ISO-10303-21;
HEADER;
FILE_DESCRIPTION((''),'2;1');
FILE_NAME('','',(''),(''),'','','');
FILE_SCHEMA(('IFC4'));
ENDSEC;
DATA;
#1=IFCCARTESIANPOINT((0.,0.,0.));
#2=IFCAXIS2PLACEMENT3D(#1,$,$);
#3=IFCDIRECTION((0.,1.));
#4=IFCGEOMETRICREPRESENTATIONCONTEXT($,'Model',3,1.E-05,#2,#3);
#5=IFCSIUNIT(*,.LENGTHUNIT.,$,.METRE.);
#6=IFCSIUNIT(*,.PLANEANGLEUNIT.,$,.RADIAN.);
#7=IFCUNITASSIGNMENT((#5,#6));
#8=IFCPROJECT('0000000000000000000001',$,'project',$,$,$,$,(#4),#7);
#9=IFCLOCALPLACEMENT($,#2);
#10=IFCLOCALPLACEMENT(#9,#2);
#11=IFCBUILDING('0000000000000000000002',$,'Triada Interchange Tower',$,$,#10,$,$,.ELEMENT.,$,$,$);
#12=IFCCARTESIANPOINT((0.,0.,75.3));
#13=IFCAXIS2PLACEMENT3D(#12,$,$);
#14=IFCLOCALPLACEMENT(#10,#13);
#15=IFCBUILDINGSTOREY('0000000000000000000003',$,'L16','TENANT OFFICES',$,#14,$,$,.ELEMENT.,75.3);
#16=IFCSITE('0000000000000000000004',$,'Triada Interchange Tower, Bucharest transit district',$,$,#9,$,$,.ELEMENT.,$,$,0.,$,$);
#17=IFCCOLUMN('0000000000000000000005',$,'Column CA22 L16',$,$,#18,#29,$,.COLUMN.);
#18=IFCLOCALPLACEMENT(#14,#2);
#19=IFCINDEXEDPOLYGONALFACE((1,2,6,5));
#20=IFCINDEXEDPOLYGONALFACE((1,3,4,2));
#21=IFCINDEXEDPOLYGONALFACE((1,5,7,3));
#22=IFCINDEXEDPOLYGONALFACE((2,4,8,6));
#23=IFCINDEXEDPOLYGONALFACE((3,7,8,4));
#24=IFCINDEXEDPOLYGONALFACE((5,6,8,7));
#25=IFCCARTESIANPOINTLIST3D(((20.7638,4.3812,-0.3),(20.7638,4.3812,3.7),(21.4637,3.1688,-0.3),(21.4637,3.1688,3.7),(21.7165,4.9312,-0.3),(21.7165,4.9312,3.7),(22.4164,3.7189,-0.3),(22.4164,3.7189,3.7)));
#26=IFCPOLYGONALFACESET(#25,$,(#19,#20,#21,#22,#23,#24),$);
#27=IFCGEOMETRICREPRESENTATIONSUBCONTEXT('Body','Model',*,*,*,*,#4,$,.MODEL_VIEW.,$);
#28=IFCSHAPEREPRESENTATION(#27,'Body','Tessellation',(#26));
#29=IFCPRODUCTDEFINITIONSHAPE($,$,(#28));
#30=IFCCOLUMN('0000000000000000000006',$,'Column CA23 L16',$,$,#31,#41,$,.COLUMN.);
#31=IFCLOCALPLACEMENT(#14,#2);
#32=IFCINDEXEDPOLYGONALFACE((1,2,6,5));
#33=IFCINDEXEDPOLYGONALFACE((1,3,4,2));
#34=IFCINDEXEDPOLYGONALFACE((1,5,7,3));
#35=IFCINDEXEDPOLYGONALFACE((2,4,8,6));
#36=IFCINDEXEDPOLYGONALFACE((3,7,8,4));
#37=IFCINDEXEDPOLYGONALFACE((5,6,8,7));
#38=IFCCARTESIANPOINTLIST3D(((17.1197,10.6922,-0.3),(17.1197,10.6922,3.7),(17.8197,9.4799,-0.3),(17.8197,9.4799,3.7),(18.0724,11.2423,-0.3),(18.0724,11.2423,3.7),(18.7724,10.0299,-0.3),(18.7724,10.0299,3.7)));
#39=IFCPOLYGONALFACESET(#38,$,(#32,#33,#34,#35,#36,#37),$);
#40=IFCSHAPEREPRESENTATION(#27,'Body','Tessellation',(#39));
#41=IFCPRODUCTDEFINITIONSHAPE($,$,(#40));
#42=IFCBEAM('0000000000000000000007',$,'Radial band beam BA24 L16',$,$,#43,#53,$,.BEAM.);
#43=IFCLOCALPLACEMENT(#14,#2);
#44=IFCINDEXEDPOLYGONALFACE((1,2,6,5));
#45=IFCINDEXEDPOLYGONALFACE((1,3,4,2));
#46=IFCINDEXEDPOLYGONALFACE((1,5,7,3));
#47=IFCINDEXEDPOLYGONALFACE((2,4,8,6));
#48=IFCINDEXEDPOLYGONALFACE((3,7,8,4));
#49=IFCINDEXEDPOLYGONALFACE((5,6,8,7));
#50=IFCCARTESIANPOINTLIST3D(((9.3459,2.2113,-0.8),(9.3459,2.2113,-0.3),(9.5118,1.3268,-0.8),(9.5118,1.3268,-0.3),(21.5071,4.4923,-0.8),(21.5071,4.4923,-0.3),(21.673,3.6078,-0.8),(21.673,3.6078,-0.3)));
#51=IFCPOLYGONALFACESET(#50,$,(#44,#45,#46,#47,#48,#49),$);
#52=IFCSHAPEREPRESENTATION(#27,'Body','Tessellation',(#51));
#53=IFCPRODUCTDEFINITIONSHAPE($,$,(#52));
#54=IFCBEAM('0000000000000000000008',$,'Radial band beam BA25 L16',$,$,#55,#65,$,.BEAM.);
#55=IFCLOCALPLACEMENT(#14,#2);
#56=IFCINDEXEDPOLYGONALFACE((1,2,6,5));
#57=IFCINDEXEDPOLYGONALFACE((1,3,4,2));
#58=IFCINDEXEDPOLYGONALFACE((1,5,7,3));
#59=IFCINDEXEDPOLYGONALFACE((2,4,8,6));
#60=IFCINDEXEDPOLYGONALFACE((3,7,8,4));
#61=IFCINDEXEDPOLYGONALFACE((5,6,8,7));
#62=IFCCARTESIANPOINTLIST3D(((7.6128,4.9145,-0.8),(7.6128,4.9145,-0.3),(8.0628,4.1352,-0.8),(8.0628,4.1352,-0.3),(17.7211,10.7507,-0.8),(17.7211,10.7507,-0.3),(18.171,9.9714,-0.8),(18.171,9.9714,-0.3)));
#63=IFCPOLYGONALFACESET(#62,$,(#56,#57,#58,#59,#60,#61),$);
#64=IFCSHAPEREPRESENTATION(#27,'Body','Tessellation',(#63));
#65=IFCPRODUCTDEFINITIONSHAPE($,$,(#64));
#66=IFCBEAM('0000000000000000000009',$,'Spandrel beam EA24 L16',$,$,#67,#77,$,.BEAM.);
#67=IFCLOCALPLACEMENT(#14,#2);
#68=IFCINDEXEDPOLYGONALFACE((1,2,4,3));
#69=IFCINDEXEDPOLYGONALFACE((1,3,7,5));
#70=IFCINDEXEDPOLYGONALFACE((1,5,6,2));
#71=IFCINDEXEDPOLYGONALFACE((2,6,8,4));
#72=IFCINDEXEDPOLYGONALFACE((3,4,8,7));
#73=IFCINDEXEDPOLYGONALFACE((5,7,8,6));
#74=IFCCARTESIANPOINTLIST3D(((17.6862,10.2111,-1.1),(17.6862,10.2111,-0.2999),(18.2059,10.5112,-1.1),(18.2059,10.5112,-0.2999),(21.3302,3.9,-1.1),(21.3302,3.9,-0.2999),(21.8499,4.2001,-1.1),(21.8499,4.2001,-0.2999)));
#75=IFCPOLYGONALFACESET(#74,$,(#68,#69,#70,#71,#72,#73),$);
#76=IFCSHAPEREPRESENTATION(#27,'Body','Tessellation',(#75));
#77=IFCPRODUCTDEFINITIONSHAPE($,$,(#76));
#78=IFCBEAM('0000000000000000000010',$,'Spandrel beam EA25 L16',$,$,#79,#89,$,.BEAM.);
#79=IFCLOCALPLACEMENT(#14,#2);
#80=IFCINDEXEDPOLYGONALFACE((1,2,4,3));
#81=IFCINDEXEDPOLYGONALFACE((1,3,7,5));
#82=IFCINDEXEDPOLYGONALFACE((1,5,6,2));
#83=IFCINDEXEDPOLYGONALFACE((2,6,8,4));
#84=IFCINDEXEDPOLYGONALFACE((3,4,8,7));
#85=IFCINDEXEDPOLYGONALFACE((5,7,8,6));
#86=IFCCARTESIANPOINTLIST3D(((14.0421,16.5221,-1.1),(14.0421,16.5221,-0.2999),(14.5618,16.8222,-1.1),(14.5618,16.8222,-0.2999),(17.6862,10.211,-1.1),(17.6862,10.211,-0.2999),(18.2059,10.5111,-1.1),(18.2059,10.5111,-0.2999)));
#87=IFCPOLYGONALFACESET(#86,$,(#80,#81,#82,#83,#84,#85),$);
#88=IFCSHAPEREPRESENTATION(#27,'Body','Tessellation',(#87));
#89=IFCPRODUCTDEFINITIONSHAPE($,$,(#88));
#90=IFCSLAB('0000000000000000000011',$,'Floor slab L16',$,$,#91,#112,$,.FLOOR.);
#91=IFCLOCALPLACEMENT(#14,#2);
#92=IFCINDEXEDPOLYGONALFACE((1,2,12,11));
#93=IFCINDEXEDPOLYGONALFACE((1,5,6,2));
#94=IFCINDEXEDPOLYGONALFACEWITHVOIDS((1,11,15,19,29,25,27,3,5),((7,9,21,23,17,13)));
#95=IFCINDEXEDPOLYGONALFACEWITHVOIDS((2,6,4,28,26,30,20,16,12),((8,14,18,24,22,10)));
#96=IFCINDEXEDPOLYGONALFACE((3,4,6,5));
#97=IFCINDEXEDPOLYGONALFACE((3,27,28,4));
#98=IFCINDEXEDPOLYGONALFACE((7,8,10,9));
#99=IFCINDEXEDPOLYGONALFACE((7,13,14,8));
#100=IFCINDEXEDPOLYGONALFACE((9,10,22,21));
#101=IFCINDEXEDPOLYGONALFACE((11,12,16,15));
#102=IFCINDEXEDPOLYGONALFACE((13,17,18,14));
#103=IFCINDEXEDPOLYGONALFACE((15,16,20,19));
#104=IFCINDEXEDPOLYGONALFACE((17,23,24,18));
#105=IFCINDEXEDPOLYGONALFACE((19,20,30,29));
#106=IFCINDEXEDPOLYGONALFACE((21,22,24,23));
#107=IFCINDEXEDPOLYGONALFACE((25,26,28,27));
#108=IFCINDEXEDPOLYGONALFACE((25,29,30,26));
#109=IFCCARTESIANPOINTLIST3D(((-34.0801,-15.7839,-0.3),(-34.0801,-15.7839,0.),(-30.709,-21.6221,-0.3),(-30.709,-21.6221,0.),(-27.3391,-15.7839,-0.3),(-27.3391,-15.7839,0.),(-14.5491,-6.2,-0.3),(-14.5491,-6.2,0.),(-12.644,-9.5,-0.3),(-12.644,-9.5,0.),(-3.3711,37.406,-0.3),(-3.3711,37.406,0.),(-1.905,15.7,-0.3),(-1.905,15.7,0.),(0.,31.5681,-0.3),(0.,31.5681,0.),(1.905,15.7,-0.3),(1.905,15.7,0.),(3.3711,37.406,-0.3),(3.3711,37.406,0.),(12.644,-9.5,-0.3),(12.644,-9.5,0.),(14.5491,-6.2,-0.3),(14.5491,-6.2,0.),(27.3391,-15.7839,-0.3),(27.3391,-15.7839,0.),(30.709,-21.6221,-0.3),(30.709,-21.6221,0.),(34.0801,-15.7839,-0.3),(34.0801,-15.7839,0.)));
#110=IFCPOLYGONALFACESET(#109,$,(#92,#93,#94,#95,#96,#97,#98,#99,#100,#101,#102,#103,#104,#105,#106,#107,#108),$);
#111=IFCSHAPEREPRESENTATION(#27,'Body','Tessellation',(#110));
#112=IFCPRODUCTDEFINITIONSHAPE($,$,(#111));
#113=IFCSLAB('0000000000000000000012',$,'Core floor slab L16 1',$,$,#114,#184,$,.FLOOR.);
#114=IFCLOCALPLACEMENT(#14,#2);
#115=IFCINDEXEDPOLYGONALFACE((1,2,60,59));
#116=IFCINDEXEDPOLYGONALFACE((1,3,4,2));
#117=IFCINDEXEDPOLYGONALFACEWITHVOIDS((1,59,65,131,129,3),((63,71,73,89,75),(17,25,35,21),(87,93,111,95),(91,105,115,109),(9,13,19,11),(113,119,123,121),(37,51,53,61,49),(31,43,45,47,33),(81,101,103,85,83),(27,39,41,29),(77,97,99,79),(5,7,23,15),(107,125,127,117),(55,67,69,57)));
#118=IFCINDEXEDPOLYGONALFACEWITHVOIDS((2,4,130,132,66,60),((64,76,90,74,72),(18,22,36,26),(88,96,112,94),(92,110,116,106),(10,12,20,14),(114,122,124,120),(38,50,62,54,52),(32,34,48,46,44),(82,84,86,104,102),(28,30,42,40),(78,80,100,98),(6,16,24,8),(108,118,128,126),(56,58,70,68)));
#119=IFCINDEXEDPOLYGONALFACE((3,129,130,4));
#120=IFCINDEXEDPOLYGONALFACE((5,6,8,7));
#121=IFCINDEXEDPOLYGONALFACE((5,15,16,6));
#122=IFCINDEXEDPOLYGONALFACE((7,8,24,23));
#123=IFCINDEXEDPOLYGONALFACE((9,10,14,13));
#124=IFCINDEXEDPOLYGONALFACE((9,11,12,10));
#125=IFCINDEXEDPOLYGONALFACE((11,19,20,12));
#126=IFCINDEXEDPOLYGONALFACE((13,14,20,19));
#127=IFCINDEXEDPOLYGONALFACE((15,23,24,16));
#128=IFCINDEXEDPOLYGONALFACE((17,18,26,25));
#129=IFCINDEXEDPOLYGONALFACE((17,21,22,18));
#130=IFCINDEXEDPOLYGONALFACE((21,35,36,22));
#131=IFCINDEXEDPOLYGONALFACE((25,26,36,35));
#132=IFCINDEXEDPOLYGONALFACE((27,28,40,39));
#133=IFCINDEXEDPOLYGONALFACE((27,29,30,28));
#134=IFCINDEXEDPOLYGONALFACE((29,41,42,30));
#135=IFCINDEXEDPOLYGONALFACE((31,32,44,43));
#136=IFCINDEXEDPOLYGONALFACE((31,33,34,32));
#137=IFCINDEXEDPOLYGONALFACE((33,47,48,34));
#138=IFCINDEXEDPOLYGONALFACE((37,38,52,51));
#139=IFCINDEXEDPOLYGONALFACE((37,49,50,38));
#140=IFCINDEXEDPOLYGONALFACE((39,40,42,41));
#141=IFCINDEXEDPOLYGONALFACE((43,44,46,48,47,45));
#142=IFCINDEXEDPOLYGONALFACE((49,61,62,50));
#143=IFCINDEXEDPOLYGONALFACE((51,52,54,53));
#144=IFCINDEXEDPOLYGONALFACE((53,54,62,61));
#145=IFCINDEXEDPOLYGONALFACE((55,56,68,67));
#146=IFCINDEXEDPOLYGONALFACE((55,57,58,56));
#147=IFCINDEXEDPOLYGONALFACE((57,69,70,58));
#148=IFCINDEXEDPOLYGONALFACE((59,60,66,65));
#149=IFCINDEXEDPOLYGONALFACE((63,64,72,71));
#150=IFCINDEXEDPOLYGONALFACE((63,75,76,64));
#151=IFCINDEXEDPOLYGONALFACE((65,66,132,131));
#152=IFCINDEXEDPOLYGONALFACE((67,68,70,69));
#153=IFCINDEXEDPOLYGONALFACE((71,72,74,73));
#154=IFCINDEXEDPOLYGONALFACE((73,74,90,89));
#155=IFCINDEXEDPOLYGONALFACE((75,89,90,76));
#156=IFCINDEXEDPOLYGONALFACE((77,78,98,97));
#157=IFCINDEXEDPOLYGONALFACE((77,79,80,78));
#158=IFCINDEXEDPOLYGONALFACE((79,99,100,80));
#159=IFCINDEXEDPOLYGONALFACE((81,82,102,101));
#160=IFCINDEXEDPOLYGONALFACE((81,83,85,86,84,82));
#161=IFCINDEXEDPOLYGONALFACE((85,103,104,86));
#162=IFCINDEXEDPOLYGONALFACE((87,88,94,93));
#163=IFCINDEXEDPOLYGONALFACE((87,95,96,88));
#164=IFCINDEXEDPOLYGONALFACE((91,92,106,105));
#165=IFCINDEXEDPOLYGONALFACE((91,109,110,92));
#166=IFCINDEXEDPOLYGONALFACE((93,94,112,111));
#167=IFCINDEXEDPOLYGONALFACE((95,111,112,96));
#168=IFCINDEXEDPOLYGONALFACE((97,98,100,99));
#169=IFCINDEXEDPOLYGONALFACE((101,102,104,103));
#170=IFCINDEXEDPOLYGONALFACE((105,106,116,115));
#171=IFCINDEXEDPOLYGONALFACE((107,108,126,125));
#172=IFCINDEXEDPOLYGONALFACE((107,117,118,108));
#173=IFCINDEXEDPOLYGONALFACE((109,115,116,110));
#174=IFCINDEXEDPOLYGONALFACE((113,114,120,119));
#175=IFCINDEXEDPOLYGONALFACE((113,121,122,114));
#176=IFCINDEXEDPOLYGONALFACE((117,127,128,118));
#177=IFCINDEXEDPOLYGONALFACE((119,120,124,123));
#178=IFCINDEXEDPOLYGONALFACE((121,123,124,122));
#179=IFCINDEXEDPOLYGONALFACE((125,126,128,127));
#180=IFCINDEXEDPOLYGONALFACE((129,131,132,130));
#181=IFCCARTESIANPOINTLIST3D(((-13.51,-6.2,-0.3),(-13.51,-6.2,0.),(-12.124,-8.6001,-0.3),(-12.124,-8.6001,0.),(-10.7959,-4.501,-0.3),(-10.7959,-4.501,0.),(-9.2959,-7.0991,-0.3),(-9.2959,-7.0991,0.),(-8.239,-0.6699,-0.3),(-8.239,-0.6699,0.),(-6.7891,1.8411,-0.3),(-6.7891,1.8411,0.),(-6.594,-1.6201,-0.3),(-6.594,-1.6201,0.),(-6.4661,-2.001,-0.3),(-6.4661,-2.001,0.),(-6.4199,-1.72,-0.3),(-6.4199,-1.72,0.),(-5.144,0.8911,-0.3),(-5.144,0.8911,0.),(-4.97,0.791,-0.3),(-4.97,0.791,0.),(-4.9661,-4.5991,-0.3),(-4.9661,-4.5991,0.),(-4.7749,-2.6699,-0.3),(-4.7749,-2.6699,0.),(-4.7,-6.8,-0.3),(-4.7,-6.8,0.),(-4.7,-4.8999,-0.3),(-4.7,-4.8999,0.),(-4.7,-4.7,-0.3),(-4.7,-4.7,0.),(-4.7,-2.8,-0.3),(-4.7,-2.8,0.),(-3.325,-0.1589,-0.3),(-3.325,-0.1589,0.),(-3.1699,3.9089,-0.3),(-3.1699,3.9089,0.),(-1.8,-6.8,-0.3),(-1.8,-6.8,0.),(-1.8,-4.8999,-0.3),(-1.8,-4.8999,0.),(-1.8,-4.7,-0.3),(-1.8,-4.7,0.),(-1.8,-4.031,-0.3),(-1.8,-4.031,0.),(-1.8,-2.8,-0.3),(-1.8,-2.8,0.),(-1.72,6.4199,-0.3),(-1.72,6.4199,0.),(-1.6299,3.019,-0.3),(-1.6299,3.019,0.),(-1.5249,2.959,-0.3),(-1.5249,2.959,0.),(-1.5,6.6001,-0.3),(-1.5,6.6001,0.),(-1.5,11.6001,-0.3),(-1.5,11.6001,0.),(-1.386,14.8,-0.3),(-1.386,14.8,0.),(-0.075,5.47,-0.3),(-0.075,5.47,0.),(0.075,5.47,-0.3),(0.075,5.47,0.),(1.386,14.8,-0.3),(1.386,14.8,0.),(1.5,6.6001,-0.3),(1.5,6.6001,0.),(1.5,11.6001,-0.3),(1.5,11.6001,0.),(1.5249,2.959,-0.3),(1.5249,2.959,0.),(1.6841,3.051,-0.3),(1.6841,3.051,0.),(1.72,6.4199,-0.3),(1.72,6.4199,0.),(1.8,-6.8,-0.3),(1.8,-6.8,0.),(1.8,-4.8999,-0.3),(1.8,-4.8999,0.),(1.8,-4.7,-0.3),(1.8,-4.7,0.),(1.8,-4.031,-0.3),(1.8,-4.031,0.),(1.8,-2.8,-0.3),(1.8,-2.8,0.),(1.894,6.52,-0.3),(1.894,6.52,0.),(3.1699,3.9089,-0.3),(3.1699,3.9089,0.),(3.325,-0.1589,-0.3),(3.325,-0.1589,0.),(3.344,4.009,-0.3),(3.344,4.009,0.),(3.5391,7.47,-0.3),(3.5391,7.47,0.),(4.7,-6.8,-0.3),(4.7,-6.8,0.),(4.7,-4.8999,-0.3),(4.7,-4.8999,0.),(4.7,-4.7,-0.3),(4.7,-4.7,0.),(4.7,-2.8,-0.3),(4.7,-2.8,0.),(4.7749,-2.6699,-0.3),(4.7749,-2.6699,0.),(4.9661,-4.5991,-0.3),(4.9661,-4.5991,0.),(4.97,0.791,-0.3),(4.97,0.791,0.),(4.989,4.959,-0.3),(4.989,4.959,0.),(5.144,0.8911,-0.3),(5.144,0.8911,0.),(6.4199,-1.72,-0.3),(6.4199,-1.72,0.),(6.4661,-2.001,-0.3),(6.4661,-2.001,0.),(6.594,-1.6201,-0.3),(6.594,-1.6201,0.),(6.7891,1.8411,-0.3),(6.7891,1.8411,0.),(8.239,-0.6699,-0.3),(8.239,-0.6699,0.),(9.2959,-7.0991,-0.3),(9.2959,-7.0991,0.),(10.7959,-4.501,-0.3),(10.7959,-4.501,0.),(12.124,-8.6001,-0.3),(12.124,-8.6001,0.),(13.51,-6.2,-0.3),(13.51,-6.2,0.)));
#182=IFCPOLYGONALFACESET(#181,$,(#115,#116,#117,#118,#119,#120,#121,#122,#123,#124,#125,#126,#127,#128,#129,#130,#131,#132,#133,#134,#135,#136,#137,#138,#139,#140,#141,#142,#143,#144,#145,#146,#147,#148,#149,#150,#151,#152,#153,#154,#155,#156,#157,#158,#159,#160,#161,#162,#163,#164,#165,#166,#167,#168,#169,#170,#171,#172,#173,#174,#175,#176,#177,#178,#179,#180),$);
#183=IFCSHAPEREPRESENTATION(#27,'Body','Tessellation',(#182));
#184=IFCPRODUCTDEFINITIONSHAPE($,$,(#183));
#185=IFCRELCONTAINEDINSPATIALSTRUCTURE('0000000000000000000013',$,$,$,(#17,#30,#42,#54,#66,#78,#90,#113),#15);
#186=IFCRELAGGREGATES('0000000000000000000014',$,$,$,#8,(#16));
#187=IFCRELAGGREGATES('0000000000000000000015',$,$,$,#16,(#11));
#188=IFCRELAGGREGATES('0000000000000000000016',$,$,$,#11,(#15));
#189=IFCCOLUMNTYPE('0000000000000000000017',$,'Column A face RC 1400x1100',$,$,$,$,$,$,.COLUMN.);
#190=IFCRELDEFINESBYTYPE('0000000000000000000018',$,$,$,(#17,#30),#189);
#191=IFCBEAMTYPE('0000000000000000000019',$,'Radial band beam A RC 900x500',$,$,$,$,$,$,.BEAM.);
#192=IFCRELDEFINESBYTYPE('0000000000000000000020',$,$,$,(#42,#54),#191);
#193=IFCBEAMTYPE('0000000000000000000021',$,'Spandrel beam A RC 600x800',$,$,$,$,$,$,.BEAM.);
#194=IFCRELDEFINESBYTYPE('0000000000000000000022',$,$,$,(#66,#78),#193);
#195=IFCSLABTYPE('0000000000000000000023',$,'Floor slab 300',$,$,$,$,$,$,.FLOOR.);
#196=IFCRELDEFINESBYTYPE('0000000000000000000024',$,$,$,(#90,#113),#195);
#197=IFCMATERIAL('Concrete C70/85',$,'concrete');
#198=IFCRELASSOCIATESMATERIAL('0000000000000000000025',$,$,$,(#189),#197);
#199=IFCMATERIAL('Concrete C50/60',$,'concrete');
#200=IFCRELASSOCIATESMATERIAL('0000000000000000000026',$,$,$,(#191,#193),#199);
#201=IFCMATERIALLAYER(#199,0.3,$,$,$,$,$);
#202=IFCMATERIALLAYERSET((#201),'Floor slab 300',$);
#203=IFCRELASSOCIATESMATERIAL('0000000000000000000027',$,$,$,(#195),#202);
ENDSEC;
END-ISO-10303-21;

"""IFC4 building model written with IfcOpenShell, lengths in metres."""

from ifc_helpers import new_model, si_unit, direction, frame, origin, origin_2d, place, context, subcontext, project, spatial, polyline, rectangle, outline, extrude, material, layer, layer_set, material_profile, profile_set, type_object, element, save


model = new_model("IFC4")

# Units and contexts
model_context = context("Model", 3, precision=1e-05, world=origin(), true_north=direction((0.0, 1.0)))
body_context = subcontext(model_context, "Body", "Model", "MODEL_VIEW")
ifc_project = project(units=[si_unit("LENGTHUNIT", "METRE"), si_unit("PLANEANGLEUNIT", "RADIAN")], contexts=[model_context])

# Site, building, storey
site_placement = place(None, origin())
site = spatial("IfcSite", under=ifc_project, at=site_placement, Name="Triada Interchange Tower, Bucharest transit district", CompositionType="ELEMENT", RefElevation=0.0)
building_placement = place(site_placement, origin())
building = spatial("IfcBuilding", under=site, at=building_placement, Name="Triada Interchange Tower", CompositionType="ELEMENT")
storey_placement = place(building_placement, frame((0.0, 0.0, 75.3)))
storey = spatial("IfcBuildingStorey", under=building, at=storey_placement, Name="L16", Description="TENANT OFFICES", CompositionType="ELEMENT", Elevation=75.3)

# Columns
ifc_material_1 = material(Name="Concrete C70/85", Category="concrete")
ifc_material_profile_1 = material_profile(ifc_material_1, rectangle(XDim=1.3999, YDim=1.1001, at=origin_2d()), Name="RC 1400x1100")
ifc_profile_set_1 = profile_set([ifc_material_profile_1], Name="Concrete C70/85")
column_type = type_object("IfcColumnType", Name="Column A face RC 1400x1100", PredefinedType="COLUMN", material=ifc_profile_set_1)
for number, where, z_axis, x_axis, name in (
    (1, (21.5901, 4.05, -0.3), (0.0, 0.0, 1.0), (-0.5, 0.866025, 0.0), "Column CA22 L16"),
    (2, (17.946, 10.3611, -0.3), (0.0, 0.0, 1.0), (-0.5, 0.866025, 0.0), "Column CA23 L16"),
):
    element("IfcColumn", number, at=place(storey_placement, frame(where, z_axis=z_axis, x_axis=x_axis)), inside=storey, type_object=column_type, Name=name, PredefinedType="COLUMN", context=body_context, shape_type="SweptSolid", body=[
        extrude(rectangle(XDim=1.3999, YDim=1.1001, at=origin_2d()), origin(), (0.0, 0.0, 1.0), 4.0),
    ])

# Beams
ifc_material_2 = material(Name="Concrete C50/60", Category="concrete")
ifc_material_profile_2 = material_profile(ifc_material_2, rectangle(XDim=0.8999, YDim=0.5, at=origin_2d()), Name="RC 900x500")
ifc_profile_set_2 = profile_set([ifc_material_profile_2], Name="Concrete C50/60")
beam_type_1 = type_object("IfcBeamType", Name="Radial band beam A RC 900x500", PredefinedType="BEAM", material=ifc_profile_set_2)
beam_1_placement = place(storey_placement, frame((21.5901, 4.05, -0.55), z_axis=(-0.982861, -0.18435, 0.0), x_axis=(0.18435, -0.982861, 0.0)))
element("IfcBeam", 3, at=beam_1_placement, inside=storey, type_object=beam_type_1, Name="Radial band beam BA24 L16", PredefinedType="BEAM", context=body_context, shape_type="SweptSolid", body=[
    extrude(rectangle(XDim=0.8999, YDim=0.5, at=origin_2d()), origin(), (0.0, 0.0, 1.0), 12.3733),
])
beam_2_placement = place(storey_placement, frame((17.946, 10.3611, -0.55), z_axis=(-0.866017, -0.500015, 0.0), x_axis=(0.500015, -0.866017, 0.0)))
element("IfcBeam", 4, at=beam_2_placement, inside=storey, type_object=beam_type_1, Name="Radial band beam BA25 L16", PredefinedType="BEAM", context=body_context, shape_type="SweptSolid", body=[
    extrude(rectangle(XDim=0.8999, YDim=0.5, at=origin_2d()), origin(), (0.0, 0.0, 1.0), 11.6721),
])
ifc_material_profile_3 = material_profile(ifc_material_2, rectangle(XDim=0.6001, YDim=0.8, at=origin_2d()), Name="RC 600x800")
ifc_profile_set_3 = profile_set([ifc_material_profile_3], Name="Concrete C50/60")
beam_type_2 = type_object("IfcBeamType", Name="Spandrel beam A RC 600x800", PredefinedType="BEAM", material=ifc_profile_set_3)
for number, where, z_axis, x_axis, name in (
    (5, (21.5901, 4.05, -0.7), (-0.500038, 0.866004, 0.0), (-0.866004, -0.500038, 0.0), "Spandrel beam EA24 L16"),
    (6, (17.946, 10.3611, -0.7), (-0.500038, 0.866004, 0.0), (-0.866004, -0.500038, 0.0), "Spandrel beam EA25 L16"),
):
    element("IfcBeam", number, at=place(storey_placement, frame(where, z_axis=z_axis, x_axis=x_axis)), inside=storey, type_object=beam_type_2, Name=name, PredefinedType="BEAM", context=body_context, shape_type="SweptSolid", body=[
        extrude(rectangle(XDim=0.6001, YDim=0.8, at=origin_2d()), origin(), (0.0, 0.0, 1.0), 7.2876),
    ])

# Slabs
ifc_layer_1 = layer(ifc_material_2, 0.3)
ifc_layer_set_1 = layer_set([ifc_layer_1], Name="Floor slab 300")
slab_type_1 = type_object("IfcSlabType", Name="Floor slab 300", PredefinedType="FLOOR", material=ifc_layer_set_1)
slab_1_placement = place(storey_placement, frame((0.0, 0.0, -0.3)))
element("IfcSlab", 7, at=slab_1_placement, inside=storey, type_object=slab_type_1, Name="Floor slab L16", PredefinedType="FLOOR", context=body_context, shape_type="SweptSolid", body=[
    extrude(outline(polyline([(-3.3711, 37.406), (-34.0801, -15.7839), (-27.3391, -15.7839), (-30.709, -21.6221), (30.709, -21.6221), (27.3391, -15.7839), (34.0801, -15.7839), (3.3711, 37.406), (0.0, 31.5681), (-3.3711, 37.406)]), holes=[polyline([(1.905, 15.7), (-1.905, 15.7), (-14.5491, -6.2), (-12.644, -9.5), (12.644, -9.5), (14.5491, -6.2), (1.905, 15.7)])]), origin(), (0.0, 0.0, 1.0), 0.3),
])
slab_2_placement = place(storey_placement, frame((0.0, 0.0, -0.3)))
element("IfcSlab", 8, at=slab_2_placement, inside=storey, type_object=slab_type_1, Name="Core floor slab L16 1", PredefinedType="FLOOR", context=body_context, shape_type="SweptSolid", body=[
    extrude(outline(polyline([(13.51, -6.2), (12.124, -8.6001), (-12.124, -8.6001), (-13.51, -6.2), (-1.386, 14.8), (1.386, 14.8), (13.51, -6.2)]), holes=[polyline([(9.2959, -7.0991), (10.7959, -4.501), (6.4661, -2.001), (4.9661, -4.5991), (9.2959, -7.0991)]), polyline([(6.7891, 1.8411), (5.144, 0.8911), (6.594, -1.6201), (8.239, -0.6699), (6.7891, 1.8411)]), polyline([(4.97, 0.791), (3.325, -0.1589), (4.7749, -2.6699), (6.4199, -1.72), (4.97, 0.791)]), polyline([(1.894, 6.52), (3.344, 4.009), (4.989, 4.959), (3.5391, 7.47), (1.894, 6.52)]), polyline([(1.8, -4.8999), (1.8, -6.8), (4.7, -6.8), (4.7, -4.8999), (1.8, -4.8999)]), polyline([(1.8, -2.8), (1.8, -4.031), (1.8, -4.7), (4.7, -4.7), (4.7, -2.8), (1.8, -2.8)]), polyline([(1.5249, 2.959), (1.6841, 3.051), (3.1699, 3.9089), (1.72, 6.4199), (0.075, 5.47), (1.5249, 2.959)]), polyline([(1.5, 11.6001), (-1.5, 11.6001), (-1.5, 6.6001), (1.5, 6.6001), (1.5, 11.6001)]), polyline([(-0.075, 5.47), (-1.72, 6.4199), (-3.1699, 3.9089), (-1.6299, 3.019), (-1.5249, 2.959), (-0.075, 5.47)]), polyline([(-4.7, -2.8), (-4.7, -4.7), (-1.8, -4.7), (-1.8, -4.031), (-1.8, -2.8), (-4.7, -2.8)]), polyline([(-4.7, -4.8999), (-4.7, -6.8), (-1.8, -6.8), (-1.8, -4.8999), (-4.7, -4.8999)]), polyline([(-4.7749, -2.6699), (-3.325, -0.1589), (-4.97, 0.791), (-6.4199, -1.72), (-4.7749, -2.6699)]), polyline([(-10.7959, -4.501), (-9.2959, -7.0991), (-4.9661, -4.5991), (-6.4661, -2.001), (-10.7959, -4.501)]), polyline([(-6.594, -1.6201), (-5.144, 0.8911), (-6.7891, 1.8411), (-8.239, -0.6699), (-6.594, -1.6201)])]), origin(), (0.0, 0.0, 1.0), 0.3),
])

save(model, "model.ifc")
